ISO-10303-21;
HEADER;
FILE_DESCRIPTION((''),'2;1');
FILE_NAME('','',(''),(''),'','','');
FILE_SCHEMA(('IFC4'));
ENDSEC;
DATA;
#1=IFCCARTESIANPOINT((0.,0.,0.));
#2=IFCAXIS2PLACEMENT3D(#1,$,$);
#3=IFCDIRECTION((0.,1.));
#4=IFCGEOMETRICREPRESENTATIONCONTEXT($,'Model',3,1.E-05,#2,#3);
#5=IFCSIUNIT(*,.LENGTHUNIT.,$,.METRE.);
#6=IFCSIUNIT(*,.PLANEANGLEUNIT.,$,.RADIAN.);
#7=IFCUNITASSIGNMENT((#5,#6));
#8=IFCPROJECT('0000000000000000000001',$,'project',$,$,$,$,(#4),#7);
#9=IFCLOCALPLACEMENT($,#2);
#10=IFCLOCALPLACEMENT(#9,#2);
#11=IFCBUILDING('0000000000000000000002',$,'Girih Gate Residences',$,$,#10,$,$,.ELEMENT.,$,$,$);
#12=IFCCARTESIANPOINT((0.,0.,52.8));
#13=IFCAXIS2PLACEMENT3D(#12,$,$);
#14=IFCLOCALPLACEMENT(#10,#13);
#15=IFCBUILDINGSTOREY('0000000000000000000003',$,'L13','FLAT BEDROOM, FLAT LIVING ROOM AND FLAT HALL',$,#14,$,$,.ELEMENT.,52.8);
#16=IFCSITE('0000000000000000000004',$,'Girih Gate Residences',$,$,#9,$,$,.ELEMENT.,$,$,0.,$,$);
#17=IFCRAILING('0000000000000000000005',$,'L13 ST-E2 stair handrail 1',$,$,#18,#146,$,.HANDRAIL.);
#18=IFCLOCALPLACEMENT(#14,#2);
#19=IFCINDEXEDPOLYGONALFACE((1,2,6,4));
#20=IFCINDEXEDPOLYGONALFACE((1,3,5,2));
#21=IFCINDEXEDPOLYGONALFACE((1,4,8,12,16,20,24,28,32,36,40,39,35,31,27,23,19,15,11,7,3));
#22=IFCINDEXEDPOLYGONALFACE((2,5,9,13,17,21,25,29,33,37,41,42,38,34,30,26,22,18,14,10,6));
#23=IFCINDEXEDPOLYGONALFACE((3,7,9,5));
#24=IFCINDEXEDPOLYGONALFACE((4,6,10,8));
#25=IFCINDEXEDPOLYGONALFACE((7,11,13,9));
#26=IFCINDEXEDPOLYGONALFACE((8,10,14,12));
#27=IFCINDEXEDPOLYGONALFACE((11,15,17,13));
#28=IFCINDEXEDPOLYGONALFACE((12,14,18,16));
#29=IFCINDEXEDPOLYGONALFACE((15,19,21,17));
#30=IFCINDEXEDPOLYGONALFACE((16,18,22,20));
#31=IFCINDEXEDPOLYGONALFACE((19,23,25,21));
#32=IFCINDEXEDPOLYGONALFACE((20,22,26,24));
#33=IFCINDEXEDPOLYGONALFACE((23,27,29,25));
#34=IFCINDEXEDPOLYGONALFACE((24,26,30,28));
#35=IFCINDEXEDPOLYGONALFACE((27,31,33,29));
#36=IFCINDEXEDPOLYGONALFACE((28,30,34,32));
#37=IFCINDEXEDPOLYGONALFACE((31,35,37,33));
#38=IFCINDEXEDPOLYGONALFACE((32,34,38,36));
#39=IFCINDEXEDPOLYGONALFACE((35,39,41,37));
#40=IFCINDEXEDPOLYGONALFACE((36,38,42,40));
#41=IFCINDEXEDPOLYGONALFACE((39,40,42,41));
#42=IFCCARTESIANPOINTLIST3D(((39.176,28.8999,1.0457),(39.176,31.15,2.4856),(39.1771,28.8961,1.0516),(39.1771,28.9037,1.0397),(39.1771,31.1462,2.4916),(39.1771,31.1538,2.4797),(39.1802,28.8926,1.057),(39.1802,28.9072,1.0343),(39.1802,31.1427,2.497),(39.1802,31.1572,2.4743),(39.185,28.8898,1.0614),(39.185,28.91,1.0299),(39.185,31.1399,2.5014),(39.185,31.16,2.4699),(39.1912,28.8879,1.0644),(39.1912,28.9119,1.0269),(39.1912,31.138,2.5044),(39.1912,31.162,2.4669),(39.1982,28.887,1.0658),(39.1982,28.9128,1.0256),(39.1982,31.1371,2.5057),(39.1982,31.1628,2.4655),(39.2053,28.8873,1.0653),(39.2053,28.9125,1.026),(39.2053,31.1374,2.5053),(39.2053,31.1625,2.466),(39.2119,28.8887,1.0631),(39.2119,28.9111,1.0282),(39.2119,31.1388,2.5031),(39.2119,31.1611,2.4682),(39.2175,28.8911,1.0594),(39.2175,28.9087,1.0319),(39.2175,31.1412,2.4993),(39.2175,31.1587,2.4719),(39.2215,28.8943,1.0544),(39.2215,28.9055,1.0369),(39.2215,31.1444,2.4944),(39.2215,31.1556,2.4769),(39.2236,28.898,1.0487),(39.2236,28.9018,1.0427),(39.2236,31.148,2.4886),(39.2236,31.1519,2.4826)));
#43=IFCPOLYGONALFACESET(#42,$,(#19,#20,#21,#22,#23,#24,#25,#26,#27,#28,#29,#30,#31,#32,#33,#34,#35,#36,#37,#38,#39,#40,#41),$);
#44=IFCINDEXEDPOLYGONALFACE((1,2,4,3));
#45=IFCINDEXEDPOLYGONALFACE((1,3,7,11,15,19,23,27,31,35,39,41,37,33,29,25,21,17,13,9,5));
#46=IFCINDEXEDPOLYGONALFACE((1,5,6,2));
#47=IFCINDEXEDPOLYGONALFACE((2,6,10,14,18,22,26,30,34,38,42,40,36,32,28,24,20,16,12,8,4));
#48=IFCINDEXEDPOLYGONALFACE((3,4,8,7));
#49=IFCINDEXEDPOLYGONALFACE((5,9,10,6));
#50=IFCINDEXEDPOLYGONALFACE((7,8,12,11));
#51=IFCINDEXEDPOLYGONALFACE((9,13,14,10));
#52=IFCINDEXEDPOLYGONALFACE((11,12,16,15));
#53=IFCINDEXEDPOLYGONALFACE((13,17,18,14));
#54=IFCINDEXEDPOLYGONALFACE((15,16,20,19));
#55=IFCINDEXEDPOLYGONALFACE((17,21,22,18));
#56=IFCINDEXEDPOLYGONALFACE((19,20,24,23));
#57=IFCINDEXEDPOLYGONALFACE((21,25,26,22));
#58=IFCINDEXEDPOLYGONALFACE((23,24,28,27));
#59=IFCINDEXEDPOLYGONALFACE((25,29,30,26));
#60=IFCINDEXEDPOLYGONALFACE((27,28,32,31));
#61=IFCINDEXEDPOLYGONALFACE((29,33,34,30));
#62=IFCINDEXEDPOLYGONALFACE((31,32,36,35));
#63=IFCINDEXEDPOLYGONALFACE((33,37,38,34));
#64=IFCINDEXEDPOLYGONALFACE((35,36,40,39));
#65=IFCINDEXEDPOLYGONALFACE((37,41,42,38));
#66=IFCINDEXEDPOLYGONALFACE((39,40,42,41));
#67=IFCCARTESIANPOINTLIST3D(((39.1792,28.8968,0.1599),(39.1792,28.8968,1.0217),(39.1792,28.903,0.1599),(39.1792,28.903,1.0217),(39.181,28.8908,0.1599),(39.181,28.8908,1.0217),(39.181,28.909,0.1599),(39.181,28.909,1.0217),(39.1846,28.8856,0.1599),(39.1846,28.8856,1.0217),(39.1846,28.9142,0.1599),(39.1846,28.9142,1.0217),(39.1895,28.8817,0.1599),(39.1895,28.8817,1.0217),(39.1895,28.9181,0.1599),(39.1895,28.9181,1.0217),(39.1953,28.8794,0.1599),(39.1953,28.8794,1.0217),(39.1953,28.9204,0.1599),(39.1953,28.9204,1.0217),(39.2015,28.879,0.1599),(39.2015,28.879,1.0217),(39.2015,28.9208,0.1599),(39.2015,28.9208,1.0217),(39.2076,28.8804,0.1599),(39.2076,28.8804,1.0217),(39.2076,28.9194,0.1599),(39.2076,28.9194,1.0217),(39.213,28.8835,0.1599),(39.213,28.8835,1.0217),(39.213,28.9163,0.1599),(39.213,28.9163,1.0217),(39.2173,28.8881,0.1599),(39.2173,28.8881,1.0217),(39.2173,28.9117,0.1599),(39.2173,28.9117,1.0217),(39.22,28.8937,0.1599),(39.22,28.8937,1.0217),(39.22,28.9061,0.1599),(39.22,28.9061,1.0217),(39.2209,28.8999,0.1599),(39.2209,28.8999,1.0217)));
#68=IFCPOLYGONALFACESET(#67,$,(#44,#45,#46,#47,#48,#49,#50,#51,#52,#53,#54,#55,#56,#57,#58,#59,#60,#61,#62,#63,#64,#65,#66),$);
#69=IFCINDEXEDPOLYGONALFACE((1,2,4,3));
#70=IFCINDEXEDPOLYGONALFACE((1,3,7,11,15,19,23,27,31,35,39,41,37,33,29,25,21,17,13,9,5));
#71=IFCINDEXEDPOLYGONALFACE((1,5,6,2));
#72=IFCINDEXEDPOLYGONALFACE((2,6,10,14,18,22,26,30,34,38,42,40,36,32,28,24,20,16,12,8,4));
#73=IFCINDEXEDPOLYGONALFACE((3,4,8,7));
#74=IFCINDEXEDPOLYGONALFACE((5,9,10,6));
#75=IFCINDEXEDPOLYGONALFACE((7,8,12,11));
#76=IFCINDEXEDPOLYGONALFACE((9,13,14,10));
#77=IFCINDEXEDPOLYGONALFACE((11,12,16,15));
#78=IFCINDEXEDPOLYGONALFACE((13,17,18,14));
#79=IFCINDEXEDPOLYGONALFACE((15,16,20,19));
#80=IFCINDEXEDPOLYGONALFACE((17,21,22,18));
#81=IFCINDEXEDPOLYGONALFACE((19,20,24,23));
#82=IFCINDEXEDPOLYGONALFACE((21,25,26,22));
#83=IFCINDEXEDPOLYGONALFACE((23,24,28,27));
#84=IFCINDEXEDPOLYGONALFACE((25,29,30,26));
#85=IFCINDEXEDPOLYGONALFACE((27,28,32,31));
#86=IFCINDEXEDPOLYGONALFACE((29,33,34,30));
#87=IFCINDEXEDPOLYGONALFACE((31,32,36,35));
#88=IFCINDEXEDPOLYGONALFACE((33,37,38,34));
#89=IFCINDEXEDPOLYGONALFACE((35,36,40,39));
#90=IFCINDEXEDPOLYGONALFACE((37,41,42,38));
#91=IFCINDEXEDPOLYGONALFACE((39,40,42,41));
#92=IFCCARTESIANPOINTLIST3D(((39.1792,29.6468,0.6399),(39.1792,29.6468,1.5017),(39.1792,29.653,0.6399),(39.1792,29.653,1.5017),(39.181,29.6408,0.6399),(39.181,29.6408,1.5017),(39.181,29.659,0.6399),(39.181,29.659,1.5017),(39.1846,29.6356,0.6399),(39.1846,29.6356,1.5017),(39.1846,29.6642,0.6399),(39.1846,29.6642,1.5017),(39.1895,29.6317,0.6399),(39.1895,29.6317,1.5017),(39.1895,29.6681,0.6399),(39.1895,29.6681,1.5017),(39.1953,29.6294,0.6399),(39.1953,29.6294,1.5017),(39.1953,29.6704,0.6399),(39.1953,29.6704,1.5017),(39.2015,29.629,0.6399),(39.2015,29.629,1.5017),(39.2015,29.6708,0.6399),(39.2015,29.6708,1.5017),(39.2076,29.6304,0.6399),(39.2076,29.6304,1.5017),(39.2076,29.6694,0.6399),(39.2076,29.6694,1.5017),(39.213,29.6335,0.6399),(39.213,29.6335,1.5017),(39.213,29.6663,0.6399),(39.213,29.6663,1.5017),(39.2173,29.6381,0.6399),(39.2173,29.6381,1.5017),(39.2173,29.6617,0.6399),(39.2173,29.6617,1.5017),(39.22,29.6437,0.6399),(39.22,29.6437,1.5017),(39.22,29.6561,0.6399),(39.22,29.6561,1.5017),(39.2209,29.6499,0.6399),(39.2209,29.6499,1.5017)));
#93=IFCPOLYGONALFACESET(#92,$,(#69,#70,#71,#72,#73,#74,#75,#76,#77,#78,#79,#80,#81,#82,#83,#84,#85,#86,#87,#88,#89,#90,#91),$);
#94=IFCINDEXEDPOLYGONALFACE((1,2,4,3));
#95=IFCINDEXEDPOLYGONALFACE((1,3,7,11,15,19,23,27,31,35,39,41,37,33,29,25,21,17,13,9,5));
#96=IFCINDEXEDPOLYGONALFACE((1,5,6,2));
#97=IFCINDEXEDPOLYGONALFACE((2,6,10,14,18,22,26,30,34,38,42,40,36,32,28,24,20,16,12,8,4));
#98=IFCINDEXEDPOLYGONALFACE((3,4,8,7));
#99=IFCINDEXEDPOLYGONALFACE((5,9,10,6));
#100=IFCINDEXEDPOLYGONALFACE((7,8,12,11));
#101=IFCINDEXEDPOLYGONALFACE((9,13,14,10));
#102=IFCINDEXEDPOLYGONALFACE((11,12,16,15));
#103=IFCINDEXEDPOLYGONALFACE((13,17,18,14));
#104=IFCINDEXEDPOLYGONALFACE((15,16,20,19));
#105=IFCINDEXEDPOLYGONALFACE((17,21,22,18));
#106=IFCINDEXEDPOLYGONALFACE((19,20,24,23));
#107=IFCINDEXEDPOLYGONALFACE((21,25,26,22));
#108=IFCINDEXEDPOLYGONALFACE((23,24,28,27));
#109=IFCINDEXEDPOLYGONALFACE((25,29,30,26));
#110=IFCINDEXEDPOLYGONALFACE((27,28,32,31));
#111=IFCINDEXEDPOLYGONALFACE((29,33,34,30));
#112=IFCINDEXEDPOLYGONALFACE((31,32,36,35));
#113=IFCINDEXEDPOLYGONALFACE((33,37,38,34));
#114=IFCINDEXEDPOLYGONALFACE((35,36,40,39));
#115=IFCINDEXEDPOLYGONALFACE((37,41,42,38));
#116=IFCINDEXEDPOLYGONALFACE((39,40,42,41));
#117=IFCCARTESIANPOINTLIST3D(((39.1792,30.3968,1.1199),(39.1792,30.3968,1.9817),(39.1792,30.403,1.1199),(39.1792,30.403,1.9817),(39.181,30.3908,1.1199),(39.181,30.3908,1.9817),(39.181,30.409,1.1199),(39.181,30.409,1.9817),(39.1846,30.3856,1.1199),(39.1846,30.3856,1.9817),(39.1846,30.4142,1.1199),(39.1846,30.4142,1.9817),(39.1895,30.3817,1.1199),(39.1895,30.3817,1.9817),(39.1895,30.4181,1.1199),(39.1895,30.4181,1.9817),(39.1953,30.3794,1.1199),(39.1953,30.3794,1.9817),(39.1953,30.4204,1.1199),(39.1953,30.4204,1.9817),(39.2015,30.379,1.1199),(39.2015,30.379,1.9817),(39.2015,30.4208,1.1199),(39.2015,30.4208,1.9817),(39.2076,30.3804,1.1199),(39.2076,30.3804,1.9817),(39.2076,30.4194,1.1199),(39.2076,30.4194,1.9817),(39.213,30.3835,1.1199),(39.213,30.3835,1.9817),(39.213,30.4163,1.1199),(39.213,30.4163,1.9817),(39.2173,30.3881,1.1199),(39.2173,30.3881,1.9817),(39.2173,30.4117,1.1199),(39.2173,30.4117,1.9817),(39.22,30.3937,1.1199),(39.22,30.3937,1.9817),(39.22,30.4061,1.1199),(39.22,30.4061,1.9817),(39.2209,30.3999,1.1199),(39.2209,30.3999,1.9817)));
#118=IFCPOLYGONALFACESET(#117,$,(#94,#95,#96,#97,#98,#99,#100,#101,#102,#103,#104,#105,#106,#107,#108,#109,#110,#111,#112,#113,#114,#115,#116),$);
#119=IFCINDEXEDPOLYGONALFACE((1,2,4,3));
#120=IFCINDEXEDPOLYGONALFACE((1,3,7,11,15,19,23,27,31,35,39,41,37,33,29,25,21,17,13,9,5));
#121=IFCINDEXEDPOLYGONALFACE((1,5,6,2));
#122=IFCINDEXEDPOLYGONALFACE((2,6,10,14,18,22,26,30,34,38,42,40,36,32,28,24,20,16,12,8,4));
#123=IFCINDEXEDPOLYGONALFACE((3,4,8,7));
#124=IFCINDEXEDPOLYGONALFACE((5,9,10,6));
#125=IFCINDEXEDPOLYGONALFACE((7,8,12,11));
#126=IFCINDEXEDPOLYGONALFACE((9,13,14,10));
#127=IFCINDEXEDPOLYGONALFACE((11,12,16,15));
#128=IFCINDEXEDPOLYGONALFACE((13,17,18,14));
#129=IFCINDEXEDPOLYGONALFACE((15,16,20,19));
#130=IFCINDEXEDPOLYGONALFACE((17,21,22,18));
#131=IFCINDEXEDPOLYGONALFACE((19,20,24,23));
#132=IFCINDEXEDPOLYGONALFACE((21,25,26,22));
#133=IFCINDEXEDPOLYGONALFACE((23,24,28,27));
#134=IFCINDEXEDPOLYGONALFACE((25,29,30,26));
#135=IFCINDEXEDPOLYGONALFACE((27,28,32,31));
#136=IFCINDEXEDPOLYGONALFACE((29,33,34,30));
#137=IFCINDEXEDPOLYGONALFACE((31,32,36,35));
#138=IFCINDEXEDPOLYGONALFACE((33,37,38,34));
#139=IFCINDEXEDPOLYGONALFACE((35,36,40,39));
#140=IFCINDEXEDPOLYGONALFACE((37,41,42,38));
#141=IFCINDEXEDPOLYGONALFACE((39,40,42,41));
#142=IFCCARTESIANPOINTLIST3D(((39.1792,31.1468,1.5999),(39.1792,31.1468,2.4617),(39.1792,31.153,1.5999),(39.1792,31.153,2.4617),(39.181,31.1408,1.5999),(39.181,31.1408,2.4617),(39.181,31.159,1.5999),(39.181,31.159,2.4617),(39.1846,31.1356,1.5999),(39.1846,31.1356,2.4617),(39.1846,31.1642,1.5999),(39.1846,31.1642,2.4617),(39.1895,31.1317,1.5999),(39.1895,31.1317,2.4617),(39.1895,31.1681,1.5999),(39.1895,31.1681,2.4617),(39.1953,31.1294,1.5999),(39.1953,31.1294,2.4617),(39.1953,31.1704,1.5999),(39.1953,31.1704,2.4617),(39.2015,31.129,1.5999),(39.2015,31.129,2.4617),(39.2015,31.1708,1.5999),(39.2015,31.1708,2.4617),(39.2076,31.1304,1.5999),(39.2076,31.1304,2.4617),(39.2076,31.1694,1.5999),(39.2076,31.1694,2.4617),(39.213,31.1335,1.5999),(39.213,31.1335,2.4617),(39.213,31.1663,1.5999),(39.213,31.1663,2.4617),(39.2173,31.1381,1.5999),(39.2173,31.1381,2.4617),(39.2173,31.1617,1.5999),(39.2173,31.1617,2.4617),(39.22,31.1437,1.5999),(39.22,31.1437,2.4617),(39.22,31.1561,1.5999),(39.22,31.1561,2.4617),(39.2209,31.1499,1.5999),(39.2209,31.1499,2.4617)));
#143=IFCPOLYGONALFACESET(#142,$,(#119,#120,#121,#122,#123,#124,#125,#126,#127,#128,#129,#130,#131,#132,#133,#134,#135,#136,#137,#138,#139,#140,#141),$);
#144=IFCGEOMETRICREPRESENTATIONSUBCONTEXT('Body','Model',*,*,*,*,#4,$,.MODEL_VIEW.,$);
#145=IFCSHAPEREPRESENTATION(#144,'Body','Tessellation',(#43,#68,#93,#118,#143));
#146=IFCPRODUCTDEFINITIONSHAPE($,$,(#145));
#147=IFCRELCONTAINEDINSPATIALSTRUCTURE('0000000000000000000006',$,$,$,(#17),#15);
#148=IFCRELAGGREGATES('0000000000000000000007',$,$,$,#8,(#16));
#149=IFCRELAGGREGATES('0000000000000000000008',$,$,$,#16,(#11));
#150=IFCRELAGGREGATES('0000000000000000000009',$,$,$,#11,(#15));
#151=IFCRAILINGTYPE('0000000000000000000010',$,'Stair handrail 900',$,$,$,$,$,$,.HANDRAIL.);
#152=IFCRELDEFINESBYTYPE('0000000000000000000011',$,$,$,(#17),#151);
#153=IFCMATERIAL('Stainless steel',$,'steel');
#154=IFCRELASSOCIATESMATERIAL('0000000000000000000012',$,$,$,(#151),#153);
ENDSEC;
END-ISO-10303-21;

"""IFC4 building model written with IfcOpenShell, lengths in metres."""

from ifc_helpers import new_model, si_unit, direction, frame, origin, origin_2d, place, context, subcontext, project, spatial, circle, extrude, material, type_object, element, save


model = new_model("IFC4")

# Units and contexts
model_context = context("Model", 3, precision=1e-05, world=origin(), true_north=direction((0.0, 1.0)))
body_context = subcontext(model_context, "Body", "Model", "MODEL_VIEW")
ifc_project = project(units=[si_unit("LENGTHUNIT", "METRE"), si_unit("PLANEANGLEUNIT", "RADIAN")], contexts=[model_context])

# Site, building, storey
site_placement = place(None, origin())
site = spatial("IfcSite", under=ifc_project, at=site_placement, Name="Girih Gate Residences", CompositionType="ELEMENT", RefElevation=0.0)
building_placement = place(site_placement, origin())
building = spatial("IfcBuilding", under=site, at=building_placement, Name="Girih Gate Residences", CompositionType="ELEMENT")
storey_placement = place(building_placement, frame((0.0, 0.0, 52.8)))
storey = spatial("IfcBuildingStorey", under=building, at=storey_placement, Name="L13", Description="FLAT BEDROOM, FLAT LIVING ROOM AND FLAT HALL", CompositionType="ELEMENT", Elevation=52.8)

# Railing
ifc_material_1 = material(Name="Stainless steel", Category="steel")
railing_type_1 = type_object("IfcRailingType", Name="Stair handrail 900", PredefinedType="HANDRAIL", material=ifc_material_1)
railing_1_placement = place(storey_placement, frame((39.2, 28.8999, 0.1599)))
element("IfcRailing", 1, at=railing_1_placement, inside=storey, type_object=railing_type_1, Name="L13 ST-E2 stair handrail 1", PredefinedType="HANDRAIL", context=body_context, shape_type="SweptSolid", body=[
    extrude(circle(Radius=0.0239, at=origin_2d()), frame((0.0, 0.0, 0.8857), z_axis=(0.0, 0.842281, 0.539038), x_axis=(-1.0, 0.0, 0.0)), (0.0, 0.0, 1.0), 2.6714),
    extrude(circle(Radius=0.021, at=origin_2d()), origin(), (0.0, 0.0, 1.0), 0.8618),
    extrude(circle(Radius=0.021, at=origin_2d()), frame((0.0, 0.75, 0.48)), (0.0, 0.0, 1.0), 0.8618),
    extrude(circle(Radius=0.021, at=origin_2d()), frame((0.0, 1.5, 0.96)), (0.0, 0.0, 1.0), 0.8618),
    extrude(circle(Radius=0.021, at=origin_2d()), frame((0.0, 2.25, 1.4399)), (0.0, 0.0, 1.0), 0.8618),
])

save(model, "model.ifc")
